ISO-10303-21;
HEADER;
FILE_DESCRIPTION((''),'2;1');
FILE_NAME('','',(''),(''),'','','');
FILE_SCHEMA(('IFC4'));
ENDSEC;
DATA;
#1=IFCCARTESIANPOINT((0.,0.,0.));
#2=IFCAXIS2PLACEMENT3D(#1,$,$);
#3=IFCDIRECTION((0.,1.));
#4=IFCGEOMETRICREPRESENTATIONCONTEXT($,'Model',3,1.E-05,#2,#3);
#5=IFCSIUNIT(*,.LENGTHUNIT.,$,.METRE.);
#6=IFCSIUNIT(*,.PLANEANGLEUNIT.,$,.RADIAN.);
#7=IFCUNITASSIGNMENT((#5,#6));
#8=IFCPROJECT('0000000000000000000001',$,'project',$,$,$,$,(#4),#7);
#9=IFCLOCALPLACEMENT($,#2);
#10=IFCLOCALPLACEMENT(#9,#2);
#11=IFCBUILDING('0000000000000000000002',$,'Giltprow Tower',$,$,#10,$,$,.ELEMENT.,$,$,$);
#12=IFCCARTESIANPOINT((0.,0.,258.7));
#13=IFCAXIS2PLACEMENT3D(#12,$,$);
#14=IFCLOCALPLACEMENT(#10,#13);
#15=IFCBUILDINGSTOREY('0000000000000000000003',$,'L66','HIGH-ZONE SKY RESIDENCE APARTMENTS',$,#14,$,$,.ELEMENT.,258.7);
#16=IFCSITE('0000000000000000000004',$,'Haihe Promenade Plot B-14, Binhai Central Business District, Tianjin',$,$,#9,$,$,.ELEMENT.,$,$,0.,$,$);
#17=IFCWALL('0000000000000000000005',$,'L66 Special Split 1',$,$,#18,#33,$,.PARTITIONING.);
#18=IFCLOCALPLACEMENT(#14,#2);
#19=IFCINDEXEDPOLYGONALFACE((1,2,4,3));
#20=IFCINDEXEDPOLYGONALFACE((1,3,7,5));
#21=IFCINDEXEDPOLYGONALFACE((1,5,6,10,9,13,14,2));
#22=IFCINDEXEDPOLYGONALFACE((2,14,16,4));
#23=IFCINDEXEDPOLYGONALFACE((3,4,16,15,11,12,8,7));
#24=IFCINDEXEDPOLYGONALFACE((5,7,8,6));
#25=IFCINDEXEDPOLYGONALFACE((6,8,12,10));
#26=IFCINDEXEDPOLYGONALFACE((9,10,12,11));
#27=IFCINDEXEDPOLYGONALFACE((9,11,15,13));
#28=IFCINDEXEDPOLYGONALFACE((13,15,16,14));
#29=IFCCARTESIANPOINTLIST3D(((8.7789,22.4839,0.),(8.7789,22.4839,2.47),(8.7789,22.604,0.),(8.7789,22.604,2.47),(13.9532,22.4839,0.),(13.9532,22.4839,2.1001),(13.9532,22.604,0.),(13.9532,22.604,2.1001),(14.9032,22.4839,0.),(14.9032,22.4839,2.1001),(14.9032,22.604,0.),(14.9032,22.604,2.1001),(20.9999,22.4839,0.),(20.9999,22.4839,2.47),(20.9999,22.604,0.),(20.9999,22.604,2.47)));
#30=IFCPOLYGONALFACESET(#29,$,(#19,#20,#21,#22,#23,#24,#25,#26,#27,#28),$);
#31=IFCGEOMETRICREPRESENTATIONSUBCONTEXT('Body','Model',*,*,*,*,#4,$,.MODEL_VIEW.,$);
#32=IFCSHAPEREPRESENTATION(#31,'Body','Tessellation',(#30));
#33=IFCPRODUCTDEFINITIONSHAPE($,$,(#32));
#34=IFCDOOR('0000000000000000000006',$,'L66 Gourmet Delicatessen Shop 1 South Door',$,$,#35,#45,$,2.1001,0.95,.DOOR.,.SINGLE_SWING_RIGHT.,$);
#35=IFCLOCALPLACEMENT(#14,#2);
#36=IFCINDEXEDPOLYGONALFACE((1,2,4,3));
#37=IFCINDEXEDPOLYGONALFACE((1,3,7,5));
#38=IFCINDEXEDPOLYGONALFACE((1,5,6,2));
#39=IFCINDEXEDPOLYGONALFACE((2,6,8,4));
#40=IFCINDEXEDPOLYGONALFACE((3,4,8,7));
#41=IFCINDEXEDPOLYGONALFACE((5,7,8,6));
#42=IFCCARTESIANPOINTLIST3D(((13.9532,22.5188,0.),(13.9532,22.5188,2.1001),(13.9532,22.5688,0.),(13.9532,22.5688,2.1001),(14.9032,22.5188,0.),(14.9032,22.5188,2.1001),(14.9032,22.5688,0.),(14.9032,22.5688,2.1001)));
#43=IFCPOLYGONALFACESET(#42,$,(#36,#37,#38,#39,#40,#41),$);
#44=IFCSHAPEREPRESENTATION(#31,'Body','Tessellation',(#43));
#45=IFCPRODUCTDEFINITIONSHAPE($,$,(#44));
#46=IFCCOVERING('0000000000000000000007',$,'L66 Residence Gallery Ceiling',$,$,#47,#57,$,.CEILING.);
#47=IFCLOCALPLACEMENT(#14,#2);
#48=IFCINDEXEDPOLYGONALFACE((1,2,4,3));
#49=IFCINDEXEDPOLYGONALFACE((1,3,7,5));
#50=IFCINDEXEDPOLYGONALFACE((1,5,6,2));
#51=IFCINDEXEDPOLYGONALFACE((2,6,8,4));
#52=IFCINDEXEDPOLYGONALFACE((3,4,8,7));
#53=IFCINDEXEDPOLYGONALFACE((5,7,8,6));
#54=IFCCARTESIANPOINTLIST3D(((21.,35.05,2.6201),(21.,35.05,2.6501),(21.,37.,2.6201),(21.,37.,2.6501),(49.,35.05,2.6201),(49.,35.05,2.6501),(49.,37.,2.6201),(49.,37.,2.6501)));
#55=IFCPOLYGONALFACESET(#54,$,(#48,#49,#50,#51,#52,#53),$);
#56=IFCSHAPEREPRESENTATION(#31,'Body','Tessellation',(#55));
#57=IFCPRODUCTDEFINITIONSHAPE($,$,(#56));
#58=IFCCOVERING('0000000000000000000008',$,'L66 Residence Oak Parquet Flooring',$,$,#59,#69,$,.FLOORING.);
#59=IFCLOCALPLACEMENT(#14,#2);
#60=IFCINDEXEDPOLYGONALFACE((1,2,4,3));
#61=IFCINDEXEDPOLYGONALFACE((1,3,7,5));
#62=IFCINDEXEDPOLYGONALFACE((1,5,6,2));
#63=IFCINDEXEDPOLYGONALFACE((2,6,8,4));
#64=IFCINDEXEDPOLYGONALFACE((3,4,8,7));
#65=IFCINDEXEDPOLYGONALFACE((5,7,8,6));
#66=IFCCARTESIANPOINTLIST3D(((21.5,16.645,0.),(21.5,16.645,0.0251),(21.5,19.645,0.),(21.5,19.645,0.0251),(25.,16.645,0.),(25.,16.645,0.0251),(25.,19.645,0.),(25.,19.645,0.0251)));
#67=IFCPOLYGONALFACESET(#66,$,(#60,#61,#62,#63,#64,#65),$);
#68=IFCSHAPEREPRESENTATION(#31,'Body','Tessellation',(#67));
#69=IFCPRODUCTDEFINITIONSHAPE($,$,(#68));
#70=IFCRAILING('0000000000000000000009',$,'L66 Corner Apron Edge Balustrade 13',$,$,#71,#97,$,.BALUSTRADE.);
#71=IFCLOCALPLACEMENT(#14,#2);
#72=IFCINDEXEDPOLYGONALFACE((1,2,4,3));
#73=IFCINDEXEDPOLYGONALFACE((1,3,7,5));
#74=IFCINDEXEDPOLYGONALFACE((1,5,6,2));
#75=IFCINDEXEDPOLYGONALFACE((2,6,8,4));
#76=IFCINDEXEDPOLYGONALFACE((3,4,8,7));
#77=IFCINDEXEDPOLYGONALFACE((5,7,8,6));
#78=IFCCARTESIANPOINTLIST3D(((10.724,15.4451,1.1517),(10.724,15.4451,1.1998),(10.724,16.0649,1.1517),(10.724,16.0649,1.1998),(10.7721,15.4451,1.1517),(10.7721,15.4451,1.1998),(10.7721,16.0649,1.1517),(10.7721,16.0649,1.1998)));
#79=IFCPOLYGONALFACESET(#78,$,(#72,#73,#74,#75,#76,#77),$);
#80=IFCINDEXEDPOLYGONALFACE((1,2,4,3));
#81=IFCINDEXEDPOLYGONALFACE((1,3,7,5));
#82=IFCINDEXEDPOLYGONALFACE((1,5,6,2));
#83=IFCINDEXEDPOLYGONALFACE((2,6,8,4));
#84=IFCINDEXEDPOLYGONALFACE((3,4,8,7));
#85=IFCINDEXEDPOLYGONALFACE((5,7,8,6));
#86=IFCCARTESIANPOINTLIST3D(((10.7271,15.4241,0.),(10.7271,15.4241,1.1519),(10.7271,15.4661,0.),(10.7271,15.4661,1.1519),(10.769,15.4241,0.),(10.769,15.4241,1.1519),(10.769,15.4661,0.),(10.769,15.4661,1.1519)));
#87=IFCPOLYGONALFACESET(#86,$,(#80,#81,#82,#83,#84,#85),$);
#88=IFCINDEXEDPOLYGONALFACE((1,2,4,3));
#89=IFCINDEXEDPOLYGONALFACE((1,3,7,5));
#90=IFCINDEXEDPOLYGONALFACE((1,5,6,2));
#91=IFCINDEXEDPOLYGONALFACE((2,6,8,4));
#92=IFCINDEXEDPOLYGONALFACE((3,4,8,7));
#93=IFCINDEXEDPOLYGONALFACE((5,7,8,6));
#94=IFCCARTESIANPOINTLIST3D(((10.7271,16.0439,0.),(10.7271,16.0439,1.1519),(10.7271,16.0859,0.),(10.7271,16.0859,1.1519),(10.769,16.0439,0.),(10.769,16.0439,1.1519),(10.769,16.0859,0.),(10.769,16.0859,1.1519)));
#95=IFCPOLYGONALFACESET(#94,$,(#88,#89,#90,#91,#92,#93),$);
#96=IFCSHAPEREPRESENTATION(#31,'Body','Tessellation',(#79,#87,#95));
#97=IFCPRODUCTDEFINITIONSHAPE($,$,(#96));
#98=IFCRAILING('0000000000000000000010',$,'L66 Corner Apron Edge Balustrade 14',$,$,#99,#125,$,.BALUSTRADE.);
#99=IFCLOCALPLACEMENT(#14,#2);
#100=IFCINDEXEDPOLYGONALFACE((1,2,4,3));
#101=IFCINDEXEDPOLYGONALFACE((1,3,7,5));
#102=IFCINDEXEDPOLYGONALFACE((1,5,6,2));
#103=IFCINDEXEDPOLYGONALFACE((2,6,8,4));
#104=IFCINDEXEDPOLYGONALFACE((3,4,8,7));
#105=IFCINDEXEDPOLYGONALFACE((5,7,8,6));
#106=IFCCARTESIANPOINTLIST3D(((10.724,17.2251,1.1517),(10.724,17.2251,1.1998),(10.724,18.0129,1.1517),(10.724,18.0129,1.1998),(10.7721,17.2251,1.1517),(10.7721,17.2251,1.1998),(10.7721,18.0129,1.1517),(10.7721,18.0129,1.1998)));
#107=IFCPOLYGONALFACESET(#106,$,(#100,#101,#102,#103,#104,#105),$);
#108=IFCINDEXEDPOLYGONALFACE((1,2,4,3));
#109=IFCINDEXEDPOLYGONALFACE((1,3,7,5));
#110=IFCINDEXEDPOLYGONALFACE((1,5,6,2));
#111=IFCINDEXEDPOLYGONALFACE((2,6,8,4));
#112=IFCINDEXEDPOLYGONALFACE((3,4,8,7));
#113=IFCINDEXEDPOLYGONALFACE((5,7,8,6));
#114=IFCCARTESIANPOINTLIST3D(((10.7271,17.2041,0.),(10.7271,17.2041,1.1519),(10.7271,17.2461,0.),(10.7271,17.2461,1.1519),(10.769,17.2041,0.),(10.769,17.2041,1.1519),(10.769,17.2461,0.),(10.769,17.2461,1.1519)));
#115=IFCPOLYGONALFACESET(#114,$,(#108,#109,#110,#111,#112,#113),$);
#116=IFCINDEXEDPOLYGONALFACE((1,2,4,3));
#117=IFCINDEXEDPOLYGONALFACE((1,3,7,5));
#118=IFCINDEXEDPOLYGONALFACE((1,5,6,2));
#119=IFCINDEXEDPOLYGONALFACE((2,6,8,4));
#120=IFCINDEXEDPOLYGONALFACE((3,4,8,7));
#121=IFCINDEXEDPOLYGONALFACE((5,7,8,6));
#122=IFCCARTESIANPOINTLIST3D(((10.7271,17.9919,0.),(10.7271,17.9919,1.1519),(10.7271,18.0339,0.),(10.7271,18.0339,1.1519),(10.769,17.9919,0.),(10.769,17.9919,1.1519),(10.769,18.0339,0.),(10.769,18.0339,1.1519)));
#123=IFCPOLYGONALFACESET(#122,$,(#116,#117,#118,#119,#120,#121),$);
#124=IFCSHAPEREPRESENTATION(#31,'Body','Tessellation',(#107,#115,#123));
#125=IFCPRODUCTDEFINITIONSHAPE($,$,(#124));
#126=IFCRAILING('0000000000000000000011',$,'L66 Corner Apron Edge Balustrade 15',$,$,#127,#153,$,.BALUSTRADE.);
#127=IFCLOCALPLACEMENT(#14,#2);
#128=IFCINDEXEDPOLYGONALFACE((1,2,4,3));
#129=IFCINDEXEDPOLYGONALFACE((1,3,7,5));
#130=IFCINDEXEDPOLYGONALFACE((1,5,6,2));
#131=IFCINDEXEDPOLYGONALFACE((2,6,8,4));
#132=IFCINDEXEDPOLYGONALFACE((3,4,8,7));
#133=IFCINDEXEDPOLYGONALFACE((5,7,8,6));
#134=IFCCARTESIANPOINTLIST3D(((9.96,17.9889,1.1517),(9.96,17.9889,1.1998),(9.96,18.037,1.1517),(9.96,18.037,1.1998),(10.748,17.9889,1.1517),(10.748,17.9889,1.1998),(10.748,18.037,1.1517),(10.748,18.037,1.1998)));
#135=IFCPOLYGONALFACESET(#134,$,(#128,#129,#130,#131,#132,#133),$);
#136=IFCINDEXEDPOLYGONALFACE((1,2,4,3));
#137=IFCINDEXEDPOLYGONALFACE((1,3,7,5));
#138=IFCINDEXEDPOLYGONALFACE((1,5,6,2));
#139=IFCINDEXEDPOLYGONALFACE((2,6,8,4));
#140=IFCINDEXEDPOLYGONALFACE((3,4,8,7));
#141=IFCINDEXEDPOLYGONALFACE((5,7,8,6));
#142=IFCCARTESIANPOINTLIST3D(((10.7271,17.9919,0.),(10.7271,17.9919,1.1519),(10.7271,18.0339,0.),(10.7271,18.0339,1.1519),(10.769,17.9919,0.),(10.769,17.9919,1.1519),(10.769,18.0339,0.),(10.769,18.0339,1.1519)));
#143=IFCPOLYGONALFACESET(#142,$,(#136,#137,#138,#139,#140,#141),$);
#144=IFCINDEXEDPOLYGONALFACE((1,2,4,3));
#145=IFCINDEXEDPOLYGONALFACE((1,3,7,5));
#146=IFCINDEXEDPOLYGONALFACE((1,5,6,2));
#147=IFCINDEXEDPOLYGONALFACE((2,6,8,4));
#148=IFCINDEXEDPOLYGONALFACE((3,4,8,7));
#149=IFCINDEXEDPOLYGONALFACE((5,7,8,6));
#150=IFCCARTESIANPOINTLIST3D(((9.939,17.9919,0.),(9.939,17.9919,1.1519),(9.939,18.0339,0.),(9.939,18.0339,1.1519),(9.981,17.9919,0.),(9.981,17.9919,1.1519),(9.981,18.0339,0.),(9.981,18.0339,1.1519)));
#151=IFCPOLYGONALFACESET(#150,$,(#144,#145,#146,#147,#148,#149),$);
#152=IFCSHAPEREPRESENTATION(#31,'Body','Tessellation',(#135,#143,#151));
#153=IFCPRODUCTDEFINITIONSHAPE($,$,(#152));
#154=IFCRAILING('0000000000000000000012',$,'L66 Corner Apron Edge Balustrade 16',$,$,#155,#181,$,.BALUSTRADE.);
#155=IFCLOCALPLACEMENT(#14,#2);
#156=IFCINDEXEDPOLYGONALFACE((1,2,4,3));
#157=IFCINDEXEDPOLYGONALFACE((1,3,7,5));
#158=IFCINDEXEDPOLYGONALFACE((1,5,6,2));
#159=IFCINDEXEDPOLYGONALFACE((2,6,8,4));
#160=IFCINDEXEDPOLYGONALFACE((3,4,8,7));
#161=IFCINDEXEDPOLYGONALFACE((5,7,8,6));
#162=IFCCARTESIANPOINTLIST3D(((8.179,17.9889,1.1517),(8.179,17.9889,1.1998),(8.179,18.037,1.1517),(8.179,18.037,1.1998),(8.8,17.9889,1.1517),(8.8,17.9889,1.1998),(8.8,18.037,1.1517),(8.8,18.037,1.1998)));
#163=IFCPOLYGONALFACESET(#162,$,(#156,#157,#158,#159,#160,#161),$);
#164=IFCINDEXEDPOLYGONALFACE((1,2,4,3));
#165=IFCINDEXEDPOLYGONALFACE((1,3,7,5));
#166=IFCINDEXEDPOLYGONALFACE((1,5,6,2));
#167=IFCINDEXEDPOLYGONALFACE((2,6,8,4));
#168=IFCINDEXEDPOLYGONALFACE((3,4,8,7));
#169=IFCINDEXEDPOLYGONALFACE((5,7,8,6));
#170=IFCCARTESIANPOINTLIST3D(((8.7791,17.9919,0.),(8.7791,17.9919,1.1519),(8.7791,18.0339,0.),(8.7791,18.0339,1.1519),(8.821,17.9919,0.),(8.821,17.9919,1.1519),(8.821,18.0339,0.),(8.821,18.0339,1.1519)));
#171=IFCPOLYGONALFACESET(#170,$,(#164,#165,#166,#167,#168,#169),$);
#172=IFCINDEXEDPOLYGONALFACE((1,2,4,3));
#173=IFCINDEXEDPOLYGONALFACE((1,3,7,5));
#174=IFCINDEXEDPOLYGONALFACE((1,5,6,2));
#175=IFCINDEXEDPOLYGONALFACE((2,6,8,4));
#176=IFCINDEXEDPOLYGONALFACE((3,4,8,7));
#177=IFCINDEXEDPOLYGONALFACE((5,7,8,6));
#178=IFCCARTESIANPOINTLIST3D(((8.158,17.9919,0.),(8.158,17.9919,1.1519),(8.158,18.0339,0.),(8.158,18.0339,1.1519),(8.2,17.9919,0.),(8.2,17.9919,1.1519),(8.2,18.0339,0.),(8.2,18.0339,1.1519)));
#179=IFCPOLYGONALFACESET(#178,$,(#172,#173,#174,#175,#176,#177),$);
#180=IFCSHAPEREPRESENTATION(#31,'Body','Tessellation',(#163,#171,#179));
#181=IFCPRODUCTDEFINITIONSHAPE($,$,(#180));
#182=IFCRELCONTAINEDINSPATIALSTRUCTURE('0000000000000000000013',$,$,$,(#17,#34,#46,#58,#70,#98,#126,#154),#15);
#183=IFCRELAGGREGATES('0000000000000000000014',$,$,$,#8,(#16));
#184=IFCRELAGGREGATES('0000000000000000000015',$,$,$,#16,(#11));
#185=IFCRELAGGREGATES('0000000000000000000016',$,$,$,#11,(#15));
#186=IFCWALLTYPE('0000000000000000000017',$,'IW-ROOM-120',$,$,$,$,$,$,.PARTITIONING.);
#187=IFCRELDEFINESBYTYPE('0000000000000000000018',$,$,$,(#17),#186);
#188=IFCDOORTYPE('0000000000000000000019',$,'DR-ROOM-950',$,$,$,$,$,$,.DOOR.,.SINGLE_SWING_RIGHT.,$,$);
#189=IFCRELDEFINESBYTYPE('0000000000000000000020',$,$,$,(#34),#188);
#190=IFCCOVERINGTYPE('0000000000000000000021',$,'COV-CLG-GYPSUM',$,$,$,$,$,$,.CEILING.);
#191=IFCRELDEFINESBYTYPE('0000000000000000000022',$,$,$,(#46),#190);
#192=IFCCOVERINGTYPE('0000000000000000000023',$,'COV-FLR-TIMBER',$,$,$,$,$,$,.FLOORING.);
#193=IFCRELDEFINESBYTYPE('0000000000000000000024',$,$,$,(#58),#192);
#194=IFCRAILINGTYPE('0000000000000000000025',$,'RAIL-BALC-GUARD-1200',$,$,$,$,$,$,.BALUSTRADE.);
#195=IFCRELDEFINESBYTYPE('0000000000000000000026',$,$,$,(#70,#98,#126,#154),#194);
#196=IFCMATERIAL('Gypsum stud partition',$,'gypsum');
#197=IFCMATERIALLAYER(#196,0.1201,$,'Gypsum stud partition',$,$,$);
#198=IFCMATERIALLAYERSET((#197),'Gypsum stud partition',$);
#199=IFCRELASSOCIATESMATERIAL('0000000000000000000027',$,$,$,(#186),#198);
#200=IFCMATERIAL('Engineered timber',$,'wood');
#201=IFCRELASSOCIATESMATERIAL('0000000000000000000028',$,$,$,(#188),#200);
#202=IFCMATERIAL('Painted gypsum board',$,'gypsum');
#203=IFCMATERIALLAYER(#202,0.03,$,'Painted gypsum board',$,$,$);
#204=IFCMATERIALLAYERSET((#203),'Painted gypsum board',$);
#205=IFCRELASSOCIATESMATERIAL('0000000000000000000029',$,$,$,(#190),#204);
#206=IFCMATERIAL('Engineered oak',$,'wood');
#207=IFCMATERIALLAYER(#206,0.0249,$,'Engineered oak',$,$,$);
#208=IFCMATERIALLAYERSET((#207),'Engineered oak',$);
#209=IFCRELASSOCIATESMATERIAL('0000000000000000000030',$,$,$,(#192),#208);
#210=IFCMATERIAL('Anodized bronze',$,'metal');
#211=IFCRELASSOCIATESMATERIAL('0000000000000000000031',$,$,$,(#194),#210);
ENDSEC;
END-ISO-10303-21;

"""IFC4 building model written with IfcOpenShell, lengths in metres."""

from ifc_helpers import new_model, si_unit, direction, frame, frame_2d, origin, origin_2d, place, context, subcontext, project, spatial, polyline, rectangle, outline, extrude, source, transform, mapped, material, layer, layer_set, type_object, element, fill, save


model = new_model("IFC4")

# Units and contexts
model_context = context("Model", 3, precision=1e-05, world=origin(), true_north=direction((0.0, 1.0)))
body_context = subcontext(model_context, "Body", "Model", "MODEL_VIEW")
ifc_project = project(units=[si_unit("LENGTHUNIT", "METRE"), si_unit("PLANEANGLEUNIT", "RADIAN")], contexts=[model_context])

# Site, building, storey
site_placement = place(None, origin())
site = spatial("IfcSite", under=ifc_project, at=site_placement, Name="Haihe Promenade Plot B-14, Binhai Central Business District, Tianjin", CompositionType="ELEMENT", RefElevation=0.0)
building_placement = place(site_placement, origin())
building = spatial("IfcBuilding", under=site, at=building_placement, Name="Giltprow Tower", CompositionType="ELEMENT")
storey_placement = place(building_placement, frame((0.0, 0.0, 258.7)))
storey = spatial("IfcBuildingStorey", under=building, at=storey_placement, Name="L66", Description="HIGH-ZONE SKY RESIDENCE APARTMENTS", CompositionType="ELEMENT", Elevation=258.7)

# Shared definitions
ifc_material_1 = material(Name="Anodized bronze", Category="metal")

# Wall, opening, door
ifc_material_2 = material(Name="Gypsum stud partition", Category="gypsum")
ifc_layer_1 = layer(ifc_material_2, 0.1201, Name="Gypsum stud partition")
ifc_layer_set_1 = layer_set([ifc_layer_1], Name="Gypsum stud partition")
wall_type_1 = type_object("IfcWallType", Name="IW-ROOM-120", PredefinedType="PARTITIONING", material=ifc_layer_set_1)
wall_1_placement = place(storey_placement, frame((8.7791, 22.5439, 0.0), z_axis=(0.0, 0.0, 1.0), x_axis=(1.0, 0.0, 0.0)))
wall_1 = element("IfcWall", 1, at=wall_1_placement, inside=storey, type_object=wall_type_1, Name="L66 Special Split 1", PredefinedType="PARTITIONING", context=body_context, shape_type="SweptSolid", body=[
    extrude(rectangle(XDim=12.2209, YDim=0.1201, at=frame_2d((6.1104, 0.0))), origin(), (0.0, 0.0, 1.0), 2.47),
])
opening_1_placement = place(wall_1_placement, frame((5.1741, 0.0, 0.0)))
opening_1 = element("IfcOpeningElement", 2, at=opening_1_placement, cuts=wall_1, PredefinedType="OPENING", context=body_context, shape_type="SweptSolid", body=[
    extrude(rectangle(XDim=0.95, YDim=2.1001, at=frame_2d((0.4751, 1.05))), frame((0.0, 0.0701, 0.0), z_axis=(0.0, -1.0, 0.0), x_axis=(1.0, 0.0, 0.0)), (0.0, 0.0, 1.0), 0.1401),
])
ifc_material_3 = material(Name="Engineered timber", Category="wood")
door_type = type_object("IfcDoorType", Name="DR-ROOM-950", OperationType="SINGLE_SWING_RIGHT", PredefinedType="DOOR", material=ifc_material_3)
shared_shape_1 = source(origin(), body_context, "Body", "SweptSolid", [
    extrude(rectangle(XDim=0.95, YDim=2.1001, at=frame_2d((0.4751, 1.05))), frame((0.0, 0.0249, 0.0), z_axis=(0.0, -1.0, 0.0), x_axis=(1.0, 0.0, 0.0)), (0.0, 0.0, 1.0), 0.05),
])
door_placement = place(opening_1_placement, origin())
door = element("IfcDoor", 3, at=door_placement, inside=storey, type_object=door_type, Name="L66 Gourmet Delicatessen Shop 1 South Door", OperationType="SINGLE_SWING_RIGHT", OverallHeight=2.1001, OverallWidth=0.95, PredefinedType="DOOR", context=body_context, shape_type="MappedRepresentation", body=[
    mapped(shared_shape_1, transform((0.0, 0.0, 0.0), x_axis=(1.0, 0.0, 0.0), y_axis=(0.0, 1.0, 0.0), z_axis=(0.0, 0.0, 1.0), scale=1.0)),
])
fill(opening_1, door)

# Coverings
ifc_material_4 = material(Name="Painted gypsum board", Category="gypsum")
ifc_layer_2 = layer(ifc_material_4, 0.03, Name="Painted gypsum board")
ifc_layer_set_2 = layer_set([ifc_layer_2], Name="Painted gypsum board")
covering_type_1 = type_object("IfcCoveringType", Name="COV-CLG-GYPSUM", PredefinedType="CEILING", material=ifc_layer_set_2)
covering_1_placement = place(storey_placement, frame((0.0, 0.0, 2.6201)))
element("IfcCovering", 4, at=covering_1_placement, inside=storey, type_object=covering_type_1, Name="L66 Residence Gallery Ceiling", PredefinedType="CEILING", context=body_context, shape_type="SweptSolid", body=[
    extrude(outline(polyline([(21.0, 35.05), (49.0, 35.05), (49.0, 37.0), (21.0, 37.0), (21.0, 35.05)])), origin(), (0.0, 0.0, 1.0), 0.03),
])
ifc_material_5 = material(Name="Engineered oak", Category="wood")
ifc_layer_3 = layer(ifc_material_5, 0.0249, Name="Engineered oak")
ifc_layer_set_3 = layer_set([ifc_layer_3], Name="Engineered oak")
covering_type_2 = type_object("IfcCoveringType", Name="COV-FLR-TIMBER", PredefinedType="FLOORING", material=ifc_layer_set_3)
covering_2_placement = place(storey_placement, origin())
element("IfcCovering", 5, at=covering_2_placement, inside=storey, type_object=covering_type_2, Name="L66 Residence Oak Parquet Flooring", PredefinedType="FLOORING", context=body_context, shape_type="SweptSolid", body=[
    extrude(outline(polyline([(21.5, 16.645), (25.0, 16.645), (25.0, 19.645), (21.5, 19.645), (21.5, 16.645)])), origin(), (0.0, 0.0, 1.0), 0.0251),
])

# Railings
railing_type = type_object("IfcRailingType", Name="RAIL-BALC-GUARD-1200", PredefinedType="BALUSTRADE", material=ifc_material_1)
railing_1_placement = place(storey_placement, frame((10.748, 15.4451, 0.0)))
element("IfcRailing", 6, at=railing_1_placement, inside=storey, type_object=railing_type, Name="L66 Corner Apron Edge Balustrade 13", PredefinedType="BALUSTRADE", context=body_context, shape_type="SweptSolid", body=[
    extrude(rectangle(XDim=0.0481, YDim=0.0481, at=origin_2d()), frame((0.0, 0.0, 1.1758), z_axis=(0.0, 1.0, 0.0), x_axis=(-1.0, 0.0, 0.0)), (0.0, 0.0, 1.0), 0.6199),
    extrude(rectangle(XDim=0.042, YDim=0.042, at=origin_2d()), origin(), (0.0, 0.0, 1.0), 1.1519),
    extrude(rectangle(XDim=0.042, YDim=0.042, at=origin_2d()), frame((0.0, 0.6199, 0.0)), (0.0, 0.0, 1.0), 1.1519),
])
railing_2_placement = place(storey_placement, frame((10.748, 17.2251, 0.0)))
element("IfcRailing", 7, at=railing_2_placement, inside=storey, type_object=railing_type, Name="L66 Corner Apron Edge Balustrade 14", PredefinedType="BALUSTRADE", context=body_context, shape_type="SweptSolid", body=[
    extrude(rectangle(XDim=0.0481, YDim=0.0481, at=origin_2d()), frame((0.0, 0.0, 1.1758), z_axis=(0.0, 1.0, 0.0), x_axis=(-1.0, 0.0, 0.0)), (0.0, 0.0, 1.0), 0.7878),
    extrude(rectangle(XDim=0.042, YDim=0.042, at=origin_2d()), origin(), (0.0, 0.0, 1.0), 1.1519),
    extrude(rectangle(XDim=0.042, YDim=0.042, at=origin_2d()), frame((0.0, 0.7878, 0.0)), (0.0, 0.0, 1.0), 1.1519),
])
railing_3_placement = place(storey_placement, frame((10.748, 18.0129, 0.0)))
element("IfcRailing", 8, at=railing_3_placement, inside=storey, type_object=railing_type, Name="L66 Corner Apron Edge Balustrade 15", PredefinedType="BALUSTRADE", context=body_context, shape_type="SweptSolid", body=[
    extrude(rectangle(XDim=0.0481, YDim=0.0481, at=origin_2d()), frame((0.0, 0.0, 1.1758), z_axis=(-1.0, 0.0, 0.0), x_axis=(0.0, -1.0, 0.0)), (0.0, 0.0, 1.0), 0.7881),
    extrude(rectangle(XDim=0.042, YDim=0.042, at=origin_2d()), origin(), (0.0, 0.0, 1.0), 1.1519),
    extrude(rectangle(XDim=0.042, YDim=0.042, at=origin_2d()), frame((-0.7881, 0.0, 0.0)), (0.0, 0.0, 1.0), 1.1519),
])
railing_4_placement = place(storey_placement, frame((8.8, 18.0129, 0.0)))
element("IfcRailing", 9, at=railing_4_placement, inside=storey, type_object=railing_type, Name="L66 Corner Apron Edge Balustrade 16", PredefinedType="BALUSTRADE", context=body_context, shape_type="SweptSolid", body=[
    extrude(rectangle(XDim=0.0481, YDim=0.0481, at=origin_2d()), frame((0.0, 0.0, 1.1758), z_axis=(-1.0, 0.0, 0.0), x_axis=(0.0, -1.0, 0.0)), (0.0, 0.0, 1.0), 0.6211),
    extrude(rectangle(XDim=0.042, YDim=0.042, at=origin_2d()), origin(), (0.0, 0.0, 1.0), 1.1519),
    extrude(rectangle(XDim=0.042, YDim=0.042, at=origin_2d()), frame((-0.6211, 0.0, 0.0)), (0.0, 0.0, 1.0), 1.1519),
])

save(model, "model.ifc")
